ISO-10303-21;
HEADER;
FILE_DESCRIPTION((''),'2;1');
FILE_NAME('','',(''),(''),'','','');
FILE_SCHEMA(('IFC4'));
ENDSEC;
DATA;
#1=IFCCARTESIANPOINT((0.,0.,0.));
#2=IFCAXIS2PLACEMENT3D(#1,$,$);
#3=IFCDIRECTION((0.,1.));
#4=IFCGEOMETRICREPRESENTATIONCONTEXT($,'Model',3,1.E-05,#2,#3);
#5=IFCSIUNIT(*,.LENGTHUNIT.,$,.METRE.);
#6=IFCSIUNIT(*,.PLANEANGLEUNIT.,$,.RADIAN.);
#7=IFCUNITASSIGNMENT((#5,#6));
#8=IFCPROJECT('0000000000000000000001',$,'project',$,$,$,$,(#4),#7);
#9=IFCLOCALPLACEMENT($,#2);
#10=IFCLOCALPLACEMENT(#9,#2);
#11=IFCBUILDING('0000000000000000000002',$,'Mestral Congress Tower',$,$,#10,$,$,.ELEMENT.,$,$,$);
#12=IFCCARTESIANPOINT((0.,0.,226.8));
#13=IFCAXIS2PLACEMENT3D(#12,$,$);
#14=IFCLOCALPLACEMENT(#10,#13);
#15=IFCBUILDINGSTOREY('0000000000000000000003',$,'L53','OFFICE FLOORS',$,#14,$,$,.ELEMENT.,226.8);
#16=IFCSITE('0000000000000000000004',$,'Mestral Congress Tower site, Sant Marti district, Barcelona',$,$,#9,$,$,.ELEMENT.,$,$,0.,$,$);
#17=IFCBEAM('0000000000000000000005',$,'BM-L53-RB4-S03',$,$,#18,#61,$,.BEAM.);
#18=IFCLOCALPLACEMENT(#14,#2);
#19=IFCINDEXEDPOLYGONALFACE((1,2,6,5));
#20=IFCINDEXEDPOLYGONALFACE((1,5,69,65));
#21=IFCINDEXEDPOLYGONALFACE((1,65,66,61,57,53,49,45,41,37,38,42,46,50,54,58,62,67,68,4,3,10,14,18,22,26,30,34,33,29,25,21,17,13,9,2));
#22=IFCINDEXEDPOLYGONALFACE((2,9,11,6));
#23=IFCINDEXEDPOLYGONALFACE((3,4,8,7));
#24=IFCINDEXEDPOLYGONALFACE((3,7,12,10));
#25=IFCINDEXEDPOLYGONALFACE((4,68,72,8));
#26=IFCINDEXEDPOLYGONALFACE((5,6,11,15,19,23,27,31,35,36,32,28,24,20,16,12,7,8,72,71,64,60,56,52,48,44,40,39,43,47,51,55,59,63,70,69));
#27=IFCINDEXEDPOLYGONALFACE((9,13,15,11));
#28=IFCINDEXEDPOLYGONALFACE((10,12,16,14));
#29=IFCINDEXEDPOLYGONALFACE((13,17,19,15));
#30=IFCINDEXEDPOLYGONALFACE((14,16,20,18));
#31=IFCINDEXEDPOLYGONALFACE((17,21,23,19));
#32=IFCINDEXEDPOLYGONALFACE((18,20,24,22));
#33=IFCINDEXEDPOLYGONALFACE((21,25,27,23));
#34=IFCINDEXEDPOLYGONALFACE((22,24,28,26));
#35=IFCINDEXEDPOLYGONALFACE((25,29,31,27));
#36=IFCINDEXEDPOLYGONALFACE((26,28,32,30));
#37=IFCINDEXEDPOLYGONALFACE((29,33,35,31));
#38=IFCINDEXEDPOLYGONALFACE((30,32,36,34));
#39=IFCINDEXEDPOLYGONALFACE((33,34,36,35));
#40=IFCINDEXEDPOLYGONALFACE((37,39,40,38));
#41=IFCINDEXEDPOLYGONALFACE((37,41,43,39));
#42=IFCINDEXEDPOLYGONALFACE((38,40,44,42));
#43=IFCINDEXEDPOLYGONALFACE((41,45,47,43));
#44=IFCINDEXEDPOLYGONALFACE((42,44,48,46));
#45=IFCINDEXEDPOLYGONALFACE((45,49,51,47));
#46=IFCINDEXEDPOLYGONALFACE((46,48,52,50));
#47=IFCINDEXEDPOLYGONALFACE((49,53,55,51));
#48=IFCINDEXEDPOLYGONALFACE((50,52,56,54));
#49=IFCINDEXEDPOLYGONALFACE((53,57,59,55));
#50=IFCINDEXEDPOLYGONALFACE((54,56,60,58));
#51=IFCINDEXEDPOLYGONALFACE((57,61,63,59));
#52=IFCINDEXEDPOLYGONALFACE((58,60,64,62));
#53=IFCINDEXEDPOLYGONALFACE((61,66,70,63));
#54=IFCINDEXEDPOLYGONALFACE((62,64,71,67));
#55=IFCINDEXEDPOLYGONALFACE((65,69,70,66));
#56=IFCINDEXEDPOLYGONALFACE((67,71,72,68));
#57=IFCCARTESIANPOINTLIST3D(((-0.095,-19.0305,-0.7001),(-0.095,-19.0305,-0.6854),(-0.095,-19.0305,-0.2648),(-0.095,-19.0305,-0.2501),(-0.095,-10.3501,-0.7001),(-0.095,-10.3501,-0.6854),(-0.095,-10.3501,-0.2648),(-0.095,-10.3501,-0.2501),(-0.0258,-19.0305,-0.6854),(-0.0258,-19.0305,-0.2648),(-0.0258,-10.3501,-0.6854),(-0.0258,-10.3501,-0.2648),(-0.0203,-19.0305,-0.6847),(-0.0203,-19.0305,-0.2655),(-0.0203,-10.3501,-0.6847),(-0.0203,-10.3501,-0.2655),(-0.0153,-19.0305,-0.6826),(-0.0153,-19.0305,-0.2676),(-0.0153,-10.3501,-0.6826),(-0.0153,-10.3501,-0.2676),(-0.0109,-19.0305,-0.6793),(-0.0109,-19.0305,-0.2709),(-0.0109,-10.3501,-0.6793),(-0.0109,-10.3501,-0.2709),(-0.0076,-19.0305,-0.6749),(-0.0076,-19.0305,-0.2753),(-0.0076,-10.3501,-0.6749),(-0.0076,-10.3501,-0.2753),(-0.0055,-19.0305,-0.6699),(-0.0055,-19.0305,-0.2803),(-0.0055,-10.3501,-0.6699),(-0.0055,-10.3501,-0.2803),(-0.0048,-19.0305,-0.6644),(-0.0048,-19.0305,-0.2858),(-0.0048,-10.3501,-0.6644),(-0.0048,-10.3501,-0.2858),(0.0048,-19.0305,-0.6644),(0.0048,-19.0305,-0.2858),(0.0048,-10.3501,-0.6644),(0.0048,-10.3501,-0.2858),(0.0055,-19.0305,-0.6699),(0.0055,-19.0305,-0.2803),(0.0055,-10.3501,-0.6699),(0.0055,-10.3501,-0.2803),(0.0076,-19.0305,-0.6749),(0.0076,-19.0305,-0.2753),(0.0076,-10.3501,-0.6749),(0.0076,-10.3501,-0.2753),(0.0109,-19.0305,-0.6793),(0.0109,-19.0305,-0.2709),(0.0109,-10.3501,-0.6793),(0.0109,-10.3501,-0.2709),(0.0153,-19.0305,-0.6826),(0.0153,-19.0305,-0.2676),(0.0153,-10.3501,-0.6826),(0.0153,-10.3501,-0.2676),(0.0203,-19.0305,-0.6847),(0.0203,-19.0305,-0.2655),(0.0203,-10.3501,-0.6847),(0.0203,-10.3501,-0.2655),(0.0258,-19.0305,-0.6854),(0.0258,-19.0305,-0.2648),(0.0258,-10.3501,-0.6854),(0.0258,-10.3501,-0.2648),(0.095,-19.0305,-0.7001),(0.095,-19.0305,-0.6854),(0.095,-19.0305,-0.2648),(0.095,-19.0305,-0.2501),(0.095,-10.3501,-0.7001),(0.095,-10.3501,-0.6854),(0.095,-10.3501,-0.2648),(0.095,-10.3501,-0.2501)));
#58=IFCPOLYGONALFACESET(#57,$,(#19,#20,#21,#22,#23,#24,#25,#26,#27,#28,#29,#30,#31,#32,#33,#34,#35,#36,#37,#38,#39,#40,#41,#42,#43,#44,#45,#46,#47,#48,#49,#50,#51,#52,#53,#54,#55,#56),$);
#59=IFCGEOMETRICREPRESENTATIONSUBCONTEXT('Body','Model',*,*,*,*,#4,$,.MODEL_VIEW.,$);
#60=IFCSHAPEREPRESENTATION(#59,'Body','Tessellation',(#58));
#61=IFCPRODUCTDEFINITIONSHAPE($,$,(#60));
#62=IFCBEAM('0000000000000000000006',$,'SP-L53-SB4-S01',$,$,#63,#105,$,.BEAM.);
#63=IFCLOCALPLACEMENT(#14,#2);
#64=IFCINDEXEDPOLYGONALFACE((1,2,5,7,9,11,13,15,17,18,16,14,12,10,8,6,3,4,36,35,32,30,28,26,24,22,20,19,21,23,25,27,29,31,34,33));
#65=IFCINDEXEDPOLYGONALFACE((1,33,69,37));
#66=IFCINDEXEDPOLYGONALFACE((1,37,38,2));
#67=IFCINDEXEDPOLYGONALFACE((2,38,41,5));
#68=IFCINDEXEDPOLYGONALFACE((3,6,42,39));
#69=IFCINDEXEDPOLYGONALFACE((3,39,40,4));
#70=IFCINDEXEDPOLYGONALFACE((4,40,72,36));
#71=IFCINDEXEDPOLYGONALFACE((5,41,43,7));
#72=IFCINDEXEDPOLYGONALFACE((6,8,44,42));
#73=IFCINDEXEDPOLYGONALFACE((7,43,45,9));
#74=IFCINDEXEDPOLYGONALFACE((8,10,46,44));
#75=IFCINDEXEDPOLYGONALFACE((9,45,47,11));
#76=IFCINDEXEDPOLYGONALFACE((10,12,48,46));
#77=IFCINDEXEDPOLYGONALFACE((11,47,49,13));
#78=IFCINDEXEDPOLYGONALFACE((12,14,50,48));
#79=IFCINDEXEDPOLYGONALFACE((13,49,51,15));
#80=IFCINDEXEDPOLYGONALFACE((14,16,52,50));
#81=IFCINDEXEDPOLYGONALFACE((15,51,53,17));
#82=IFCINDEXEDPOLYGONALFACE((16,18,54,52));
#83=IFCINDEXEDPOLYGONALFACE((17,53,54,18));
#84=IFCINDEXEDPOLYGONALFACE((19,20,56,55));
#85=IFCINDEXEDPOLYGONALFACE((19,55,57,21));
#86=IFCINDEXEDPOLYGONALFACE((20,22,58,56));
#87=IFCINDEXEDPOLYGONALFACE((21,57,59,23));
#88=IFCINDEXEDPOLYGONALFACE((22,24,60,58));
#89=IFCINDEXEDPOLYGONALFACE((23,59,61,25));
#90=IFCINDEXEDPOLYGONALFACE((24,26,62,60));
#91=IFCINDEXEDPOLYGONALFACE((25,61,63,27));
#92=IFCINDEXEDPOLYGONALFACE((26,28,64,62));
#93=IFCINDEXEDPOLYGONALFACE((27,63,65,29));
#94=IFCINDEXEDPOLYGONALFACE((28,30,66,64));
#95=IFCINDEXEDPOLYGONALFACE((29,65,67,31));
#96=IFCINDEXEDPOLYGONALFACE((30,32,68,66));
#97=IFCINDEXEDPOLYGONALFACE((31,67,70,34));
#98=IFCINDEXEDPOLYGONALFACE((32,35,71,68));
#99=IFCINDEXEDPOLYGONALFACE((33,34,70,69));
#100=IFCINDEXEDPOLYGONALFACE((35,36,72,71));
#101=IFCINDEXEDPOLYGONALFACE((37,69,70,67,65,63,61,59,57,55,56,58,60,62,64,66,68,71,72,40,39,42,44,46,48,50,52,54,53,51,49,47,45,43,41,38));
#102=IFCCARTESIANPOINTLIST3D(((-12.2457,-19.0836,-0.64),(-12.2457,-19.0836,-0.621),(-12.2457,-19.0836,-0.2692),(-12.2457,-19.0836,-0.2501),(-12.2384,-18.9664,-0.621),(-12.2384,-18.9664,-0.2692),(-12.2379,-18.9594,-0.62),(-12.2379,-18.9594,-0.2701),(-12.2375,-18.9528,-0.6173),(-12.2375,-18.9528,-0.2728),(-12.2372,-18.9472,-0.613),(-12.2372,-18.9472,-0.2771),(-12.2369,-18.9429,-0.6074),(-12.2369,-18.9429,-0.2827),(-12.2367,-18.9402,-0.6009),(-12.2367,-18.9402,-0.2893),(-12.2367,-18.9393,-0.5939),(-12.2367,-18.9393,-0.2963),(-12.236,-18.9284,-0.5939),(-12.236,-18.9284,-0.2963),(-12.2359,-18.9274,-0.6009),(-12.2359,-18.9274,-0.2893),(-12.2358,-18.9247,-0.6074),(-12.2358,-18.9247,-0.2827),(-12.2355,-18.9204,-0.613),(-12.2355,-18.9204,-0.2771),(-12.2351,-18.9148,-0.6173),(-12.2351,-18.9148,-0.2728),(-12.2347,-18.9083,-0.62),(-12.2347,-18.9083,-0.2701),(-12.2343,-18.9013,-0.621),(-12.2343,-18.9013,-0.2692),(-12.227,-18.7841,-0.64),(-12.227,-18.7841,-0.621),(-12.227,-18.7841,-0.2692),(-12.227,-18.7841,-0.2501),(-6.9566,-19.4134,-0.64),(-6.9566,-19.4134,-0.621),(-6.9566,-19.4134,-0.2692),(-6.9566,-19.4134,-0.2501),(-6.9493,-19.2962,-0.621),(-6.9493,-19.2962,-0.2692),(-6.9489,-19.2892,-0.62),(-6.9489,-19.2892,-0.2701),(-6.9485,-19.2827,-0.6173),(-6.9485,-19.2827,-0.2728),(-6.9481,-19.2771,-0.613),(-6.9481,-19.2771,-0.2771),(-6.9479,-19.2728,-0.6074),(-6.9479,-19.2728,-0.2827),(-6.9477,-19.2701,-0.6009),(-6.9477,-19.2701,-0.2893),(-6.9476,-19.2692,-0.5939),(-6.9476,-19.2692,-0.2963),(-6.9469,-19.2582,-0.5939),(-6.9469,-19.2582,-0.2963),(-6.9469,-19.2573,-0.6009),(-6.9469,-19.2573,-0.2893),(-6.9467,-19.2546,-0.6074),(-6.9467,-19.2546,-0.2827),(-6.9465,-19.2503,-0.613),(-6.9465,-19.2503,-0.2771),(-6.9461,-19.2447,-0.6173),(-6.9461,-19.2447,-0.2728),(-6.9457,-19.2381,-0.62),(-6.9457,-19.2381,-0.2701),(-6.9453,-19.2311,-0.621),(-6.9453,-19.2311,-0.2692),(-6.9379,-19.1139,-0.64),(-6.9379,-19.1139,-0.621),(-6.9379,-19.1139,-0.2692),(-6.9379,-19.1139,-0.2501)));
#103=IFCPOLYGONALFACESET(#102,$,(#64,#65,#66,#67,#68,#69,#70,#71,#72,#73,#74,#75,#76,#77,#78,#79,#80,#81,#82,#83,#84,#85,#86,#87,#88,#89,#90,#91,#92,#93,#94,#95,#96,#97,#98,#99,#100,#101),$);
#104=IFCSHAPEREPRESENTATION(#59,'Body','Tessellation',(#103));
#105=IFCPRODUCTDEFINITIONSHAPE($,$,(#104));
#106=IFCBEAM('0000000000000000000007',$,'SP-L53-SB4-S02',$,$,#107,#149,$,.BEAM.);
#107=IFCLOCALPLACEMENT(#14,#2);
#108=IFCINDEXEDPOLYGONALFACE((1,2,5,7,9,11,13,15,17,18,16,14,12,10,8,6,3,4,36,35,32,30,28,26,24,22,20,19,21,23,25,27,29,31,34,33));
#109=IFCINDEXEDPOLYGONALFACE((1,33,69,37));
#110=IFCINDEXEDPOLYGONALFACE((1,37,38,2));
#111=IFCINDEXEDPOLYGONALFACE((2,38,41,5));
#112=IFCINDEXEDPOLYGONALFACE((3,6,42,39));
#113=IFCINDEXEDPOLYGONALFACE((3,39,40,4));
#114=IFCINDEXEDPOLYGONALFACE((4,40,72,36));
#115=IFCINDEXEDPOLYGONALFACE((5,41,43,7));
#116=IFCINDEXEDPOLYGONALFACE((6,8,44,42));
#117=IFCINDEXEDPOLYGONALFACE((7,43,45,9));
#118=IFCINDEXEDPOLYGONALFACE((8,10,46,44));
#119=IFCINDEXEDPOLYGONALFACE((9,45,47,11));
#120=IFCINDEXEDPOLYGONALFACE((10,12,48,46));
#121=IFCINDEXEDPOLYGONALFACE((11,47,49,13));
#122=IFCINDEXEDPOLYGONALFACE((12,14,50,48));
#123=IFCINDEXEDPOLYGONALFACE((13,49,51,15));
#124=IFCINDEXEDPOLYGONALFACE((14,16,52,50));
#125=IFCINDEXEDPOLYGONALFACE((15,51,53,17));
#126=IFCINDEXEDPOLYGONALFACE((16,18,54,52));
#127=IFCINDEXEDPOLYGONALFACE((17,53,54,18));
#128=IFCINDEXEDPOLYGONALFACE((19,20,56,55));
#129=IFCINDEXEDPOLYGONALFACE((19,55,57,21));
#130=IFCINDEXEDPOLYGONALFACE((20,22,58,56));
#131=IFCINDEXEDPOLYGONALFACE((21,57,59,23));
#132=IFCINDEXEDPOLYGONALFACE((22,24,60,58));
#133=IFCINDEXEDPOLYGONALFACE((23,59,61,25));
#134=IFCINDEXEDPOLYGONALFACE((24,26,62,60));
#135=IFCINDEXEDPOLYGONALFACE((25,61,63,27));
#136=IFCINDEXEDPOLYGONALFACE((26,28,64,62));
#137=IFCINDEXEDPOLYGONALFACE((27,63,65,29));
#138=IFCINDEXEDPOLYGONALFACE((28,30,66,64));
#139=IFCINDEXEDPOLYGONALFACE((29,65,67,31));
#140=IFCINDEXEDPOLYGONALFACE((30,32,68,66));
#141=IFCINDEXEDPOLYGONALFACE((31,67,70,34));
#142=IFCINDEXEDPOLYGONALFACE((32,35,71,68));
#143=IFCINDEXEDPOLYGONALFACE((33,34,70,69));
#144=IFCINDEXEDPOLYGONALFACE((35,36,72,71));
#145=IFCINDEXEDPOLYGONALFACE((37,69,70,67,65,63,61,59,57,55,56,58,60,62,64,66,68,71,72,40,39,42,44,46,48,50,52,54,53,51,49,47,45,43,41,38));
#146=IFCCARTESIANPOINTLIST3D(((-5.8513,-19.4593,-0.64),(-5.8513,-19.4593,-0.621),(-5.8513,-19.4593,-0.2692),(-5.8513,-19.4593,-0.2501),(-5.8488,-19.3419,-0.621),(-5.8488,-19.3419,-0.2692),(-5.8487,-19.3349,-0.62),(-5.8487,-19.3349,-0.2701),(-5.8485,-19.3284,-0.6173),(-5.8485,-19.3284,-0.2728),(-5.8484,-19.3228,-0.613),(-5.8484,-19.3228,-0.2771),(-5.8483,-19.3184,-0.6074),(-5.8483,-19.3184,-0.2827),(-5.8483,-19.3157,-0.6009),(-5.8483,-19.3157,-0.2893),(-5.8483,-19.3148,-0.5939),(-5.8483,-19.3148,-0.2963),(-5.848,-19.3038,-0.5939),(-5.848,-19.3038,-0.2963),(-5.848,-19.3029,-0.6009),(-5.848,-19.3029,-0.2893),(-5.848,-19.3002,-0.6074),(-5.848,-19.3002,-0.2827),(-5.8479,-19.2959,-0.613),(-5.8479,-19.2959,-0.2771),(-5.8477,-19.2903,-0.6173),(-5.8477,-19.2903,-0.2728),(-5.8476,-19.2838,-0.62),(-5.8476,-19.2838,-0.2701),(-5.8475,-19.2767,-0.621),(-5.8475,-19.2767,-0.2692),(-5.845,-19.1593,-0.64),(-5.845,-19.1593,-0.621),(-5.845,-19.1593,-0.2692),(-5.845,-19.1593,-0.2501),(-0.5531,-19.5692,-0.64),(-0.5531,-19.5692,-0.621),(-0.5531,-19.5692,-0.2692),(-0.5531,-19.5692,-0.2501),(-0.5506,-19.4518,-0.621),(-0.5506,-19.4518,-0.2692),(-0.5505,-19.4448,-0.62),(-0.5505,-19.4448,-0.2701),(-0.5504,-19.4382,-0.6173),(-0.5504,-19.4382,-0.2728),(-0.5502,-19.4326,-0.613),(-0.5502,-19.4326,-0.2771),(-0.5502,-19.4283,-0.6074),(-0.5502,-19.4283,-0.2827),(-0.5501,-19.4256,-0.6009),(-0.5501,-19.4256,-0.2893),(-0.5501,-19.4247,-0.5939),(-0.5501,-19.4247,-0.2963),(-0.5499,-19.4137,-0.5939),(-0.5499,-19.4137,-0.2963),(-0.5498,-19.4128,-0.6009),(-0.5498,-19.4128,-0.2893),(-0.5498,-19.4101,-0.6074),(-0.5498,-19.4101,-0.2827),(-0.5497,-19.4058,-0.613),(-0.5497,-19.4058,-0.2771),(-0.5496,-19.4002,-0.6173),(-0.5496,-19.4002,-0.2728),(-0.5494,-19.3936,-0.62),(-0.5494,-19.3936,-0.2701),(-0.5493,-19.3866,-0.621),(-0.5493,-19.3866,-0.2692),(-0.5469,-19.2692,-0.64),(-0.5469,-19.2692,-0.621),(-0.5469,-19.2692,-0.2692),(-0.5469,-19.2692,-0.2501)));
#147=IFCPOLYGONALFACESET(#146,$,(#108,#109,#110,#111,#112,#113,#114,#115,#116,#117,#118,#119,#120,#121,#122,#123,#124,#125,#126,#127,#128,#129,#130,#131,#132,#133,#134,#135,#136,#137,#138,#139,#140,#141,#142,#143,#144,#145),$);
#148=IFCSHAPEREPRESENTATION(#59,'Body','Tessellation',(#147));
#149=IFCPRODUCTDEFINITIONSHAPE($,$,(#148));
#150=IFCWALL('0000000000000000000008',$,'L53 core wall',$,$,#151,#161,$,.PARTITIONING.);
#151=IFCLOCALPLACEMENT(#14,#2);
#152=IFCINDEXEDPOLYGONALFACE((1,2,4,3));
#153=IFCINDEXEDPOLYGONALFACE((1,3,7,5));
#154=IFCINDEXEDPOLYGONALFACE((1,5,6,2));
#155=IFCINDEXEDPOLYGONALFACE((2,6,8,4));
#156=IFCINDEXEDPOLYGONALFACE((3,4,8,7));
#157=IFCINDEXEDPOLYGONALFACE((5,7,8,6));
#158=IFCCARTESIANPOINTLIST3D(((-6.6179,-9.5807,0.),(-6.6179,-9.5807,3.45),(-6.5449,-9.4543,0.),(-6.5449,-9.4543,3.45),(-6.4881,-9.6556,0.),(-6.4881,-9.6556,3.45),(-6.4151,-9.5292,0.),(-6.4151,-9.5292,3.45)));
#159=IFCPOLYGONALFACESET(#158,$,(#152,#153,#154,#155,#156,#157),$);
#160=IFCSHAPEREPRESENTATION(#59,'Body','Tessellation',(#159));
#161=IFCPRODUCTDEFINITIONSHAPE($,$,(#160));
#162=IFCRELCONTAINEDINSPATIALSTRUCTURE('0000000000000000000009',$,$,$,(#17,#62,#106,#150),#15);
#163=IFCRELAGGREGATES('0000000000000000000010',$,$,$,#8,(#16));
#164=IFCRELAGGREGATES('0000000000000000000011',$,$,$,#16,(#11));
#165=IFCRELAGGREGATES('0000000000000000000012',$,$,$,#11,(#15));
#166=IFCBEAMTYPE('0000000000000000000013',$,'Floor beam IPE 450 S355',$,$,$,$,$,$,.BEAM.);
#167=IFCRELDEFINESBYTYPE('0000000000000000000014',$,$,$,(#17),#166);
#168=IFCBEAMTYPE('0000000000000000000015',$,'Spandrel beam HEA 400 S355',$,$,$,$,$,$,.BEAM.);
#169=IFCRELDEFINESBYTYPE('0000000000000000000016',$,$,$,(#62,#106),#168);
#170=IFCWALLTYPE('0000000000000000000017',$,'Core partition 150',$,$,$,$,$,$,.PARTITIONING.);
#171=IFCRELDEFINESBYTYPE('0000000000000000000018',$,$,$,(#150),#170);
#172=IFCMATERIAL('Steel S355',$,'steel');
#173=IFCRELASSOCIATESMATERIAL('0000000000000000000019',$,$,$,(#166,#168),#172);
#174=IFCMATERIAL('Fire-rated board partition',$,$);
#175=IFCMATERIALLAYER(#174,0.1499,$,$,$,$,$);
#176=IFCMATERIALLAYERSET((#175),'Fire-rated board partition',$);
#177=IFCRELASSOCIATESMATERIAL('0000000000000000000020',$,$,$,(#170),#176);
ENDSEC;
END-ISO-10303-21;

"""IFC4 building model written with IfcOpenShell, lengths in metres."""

from ifc_helpers import new_model, si_unit, direction, frame, frame_2d, origin, origin_2d, place, context, subcontext, project, spatial, rectangle, i_section, extrude, material, layer, layer_set, material_profile, profile_set, type_object, element, save


model = new_model("IFC4")

# Units and contexts
model_context = context("Model", 3, precision=1e-05, world=origin(), true_north=direction((0.0, 1.0)))
body_context = subcontext(model_context, "Body", "Model", "MODEL_VIEW")
ifc_project = project(units=[si_unit("LENGTHUNIT", "METRE"), si_unit("PLANEANGLEUNIT", "RADIAN")], contexts=[model_context])

# Site, building, storey
site_placement = place(None, origin())
site = spatial("IfcSite", under=ifc_project, at=site_placement, Name="Mestral Congress Tower site, Sant Marti district, Barcelona", CompositionType="ELEMENT", RefElevation=0.0)
building_placement = place(site_placement, origin())
building = spatial("IfcBuilding", under=site, at=building_placement, Name="Mestral Congress Tower", CompositionType="ELEMENT")
storey_placement = place(building_placement, frame((0.0, 0.0, 226.8)))
storey = spatial("IfcBuildingStorey", under=building, at=storey_placement, Name="L53", Description="OFFICE FLOORS", CompositionType="ELEMENT", Elevation=226.8)

# Beams
ifc_material_1 = material(Name="Steel S355", Category="steel")
ifc_material_profile_1 = material_profile(ifc_material_1, i_section(OverallWidth=0.1899, OverallDepth=0.45, WebThickness=0.0095, FlangeThickness=0.0146, FilletRadius=0.021, at=origin_2d()), Name="IPE 450")
ifc_profile_set_1 = profile_set([ifc_material_profile_1], Name="Steel S355")
beam_type_1 = type_object("IfcBeamType", Name="Floor beam IPE 450 S355", PredefinedType="BEAM", material=ifc_profile_set_1)
beam_1_placement = place(storey_placement, frame((0.0, -19.0305, -0.4751), z_axis=(0.0, 1.0, 0.0), x_axis=(-1.0, 0.0, 0.0)))
element("IfcBeam", 1, at=beam_1_placement, inside=storey, type_object=beam_type_1, Name="BM-L53-RB4-S03", PredefinedType="BEAM", context=body_context, shape_type="SweptSolid", body=[
    extrude(i_section(OverallWidth=0.1899, OverallDepth=0.45, WebThickness=0.0095, FlangeThickness=0.0146, FilletRadius=0.021, at=origin_2d()), origin(), (0.0, 0.0, 1.0), 8.6804),
])
ifc_material_profile_2 = material_profile(ifc_material_1, i_section(OverallWidth=0.3, OverallDepth=0.3899, WebThickness=0.011, FlangeThickness=0.019, FilletRadius=0.0271, at=origin_2d()), Name="HEA 400")
ifc_profile_set_2 = profile_set([ifc_material_profile_2], Name="Steel S355")
beam_type_2 = type_object("IfcBeamType", Name="Spandrel beam HEA 400 S355", PredefinedType="BEAM", material=ifc_profile_set_2)
for number, where, z_axis, x_axis, name in (
    (2, (-12.2363, -18.9338, -0.4451), (0.998061, -0.062241, 0.0), (0.062241, 0.998061, 0.0), "SP-L53-SB4-S01"),
    (3, (-5.8481, -19.3093, -0.4451), (0.999785, -0.020732, 0.0), (0.020732, 0.999785, 0.0), "SP-L53-SB4-S02"),
):
    element("IfcBeam", number, at=place(storey_placement, frame(where, z_axis=z_axis, x_axis=x_axis)), inside=storey, type_object=beam_type_2, Name=name, PredefinedType="BEAM", context=body_context, shape_type="SweptSolid", body=[
        extrude(i_section(OverallWidth=0.3, OverallDepth=0.3899, WebThickness=0.011, FlangeThickness=0.019, FilletRadius=0.0271, at=origin_2d()), origin(), (0.0, 0.0, 1.0), 5.2993),
    ])

# Wall
ifc_material_2 = material(Name="Fire-rated board partition")
ifc_layer_1 = layer(ifc_material_2, 0.1499)
ifc_layer_set_1 = layer_set([ifc_layer_1], Name="Fire-rated board partition")
wall_type_1 = type_object("IfcWallType", Name="Core partition 150", PredefinedType="PARTITIONING", material=ifc_layer_set_1)
wall_1_placement = place(storey_placement, frame((-6.553, -9.6182, 0.0), z_axis=(0.0, 0.0, 1.0), x_axis=(0.499915, 0.866074, 0.0)))
element("IfcWall", 4, at=wall_1_placement, inside=storey, type_object=wall_type_1, Name="L53 core wall", PredefinedType="PARTITIONING", context=body_context, shape_type="SweptSolid", body=[
    extrude(rectangle(XDim=0.146, YDim=0.1499, at=frame_2d((0.073, 0.0))), origin(), (0.0, 0.0, 1.0), 3.45),
])

save(model, "model.ifc")
